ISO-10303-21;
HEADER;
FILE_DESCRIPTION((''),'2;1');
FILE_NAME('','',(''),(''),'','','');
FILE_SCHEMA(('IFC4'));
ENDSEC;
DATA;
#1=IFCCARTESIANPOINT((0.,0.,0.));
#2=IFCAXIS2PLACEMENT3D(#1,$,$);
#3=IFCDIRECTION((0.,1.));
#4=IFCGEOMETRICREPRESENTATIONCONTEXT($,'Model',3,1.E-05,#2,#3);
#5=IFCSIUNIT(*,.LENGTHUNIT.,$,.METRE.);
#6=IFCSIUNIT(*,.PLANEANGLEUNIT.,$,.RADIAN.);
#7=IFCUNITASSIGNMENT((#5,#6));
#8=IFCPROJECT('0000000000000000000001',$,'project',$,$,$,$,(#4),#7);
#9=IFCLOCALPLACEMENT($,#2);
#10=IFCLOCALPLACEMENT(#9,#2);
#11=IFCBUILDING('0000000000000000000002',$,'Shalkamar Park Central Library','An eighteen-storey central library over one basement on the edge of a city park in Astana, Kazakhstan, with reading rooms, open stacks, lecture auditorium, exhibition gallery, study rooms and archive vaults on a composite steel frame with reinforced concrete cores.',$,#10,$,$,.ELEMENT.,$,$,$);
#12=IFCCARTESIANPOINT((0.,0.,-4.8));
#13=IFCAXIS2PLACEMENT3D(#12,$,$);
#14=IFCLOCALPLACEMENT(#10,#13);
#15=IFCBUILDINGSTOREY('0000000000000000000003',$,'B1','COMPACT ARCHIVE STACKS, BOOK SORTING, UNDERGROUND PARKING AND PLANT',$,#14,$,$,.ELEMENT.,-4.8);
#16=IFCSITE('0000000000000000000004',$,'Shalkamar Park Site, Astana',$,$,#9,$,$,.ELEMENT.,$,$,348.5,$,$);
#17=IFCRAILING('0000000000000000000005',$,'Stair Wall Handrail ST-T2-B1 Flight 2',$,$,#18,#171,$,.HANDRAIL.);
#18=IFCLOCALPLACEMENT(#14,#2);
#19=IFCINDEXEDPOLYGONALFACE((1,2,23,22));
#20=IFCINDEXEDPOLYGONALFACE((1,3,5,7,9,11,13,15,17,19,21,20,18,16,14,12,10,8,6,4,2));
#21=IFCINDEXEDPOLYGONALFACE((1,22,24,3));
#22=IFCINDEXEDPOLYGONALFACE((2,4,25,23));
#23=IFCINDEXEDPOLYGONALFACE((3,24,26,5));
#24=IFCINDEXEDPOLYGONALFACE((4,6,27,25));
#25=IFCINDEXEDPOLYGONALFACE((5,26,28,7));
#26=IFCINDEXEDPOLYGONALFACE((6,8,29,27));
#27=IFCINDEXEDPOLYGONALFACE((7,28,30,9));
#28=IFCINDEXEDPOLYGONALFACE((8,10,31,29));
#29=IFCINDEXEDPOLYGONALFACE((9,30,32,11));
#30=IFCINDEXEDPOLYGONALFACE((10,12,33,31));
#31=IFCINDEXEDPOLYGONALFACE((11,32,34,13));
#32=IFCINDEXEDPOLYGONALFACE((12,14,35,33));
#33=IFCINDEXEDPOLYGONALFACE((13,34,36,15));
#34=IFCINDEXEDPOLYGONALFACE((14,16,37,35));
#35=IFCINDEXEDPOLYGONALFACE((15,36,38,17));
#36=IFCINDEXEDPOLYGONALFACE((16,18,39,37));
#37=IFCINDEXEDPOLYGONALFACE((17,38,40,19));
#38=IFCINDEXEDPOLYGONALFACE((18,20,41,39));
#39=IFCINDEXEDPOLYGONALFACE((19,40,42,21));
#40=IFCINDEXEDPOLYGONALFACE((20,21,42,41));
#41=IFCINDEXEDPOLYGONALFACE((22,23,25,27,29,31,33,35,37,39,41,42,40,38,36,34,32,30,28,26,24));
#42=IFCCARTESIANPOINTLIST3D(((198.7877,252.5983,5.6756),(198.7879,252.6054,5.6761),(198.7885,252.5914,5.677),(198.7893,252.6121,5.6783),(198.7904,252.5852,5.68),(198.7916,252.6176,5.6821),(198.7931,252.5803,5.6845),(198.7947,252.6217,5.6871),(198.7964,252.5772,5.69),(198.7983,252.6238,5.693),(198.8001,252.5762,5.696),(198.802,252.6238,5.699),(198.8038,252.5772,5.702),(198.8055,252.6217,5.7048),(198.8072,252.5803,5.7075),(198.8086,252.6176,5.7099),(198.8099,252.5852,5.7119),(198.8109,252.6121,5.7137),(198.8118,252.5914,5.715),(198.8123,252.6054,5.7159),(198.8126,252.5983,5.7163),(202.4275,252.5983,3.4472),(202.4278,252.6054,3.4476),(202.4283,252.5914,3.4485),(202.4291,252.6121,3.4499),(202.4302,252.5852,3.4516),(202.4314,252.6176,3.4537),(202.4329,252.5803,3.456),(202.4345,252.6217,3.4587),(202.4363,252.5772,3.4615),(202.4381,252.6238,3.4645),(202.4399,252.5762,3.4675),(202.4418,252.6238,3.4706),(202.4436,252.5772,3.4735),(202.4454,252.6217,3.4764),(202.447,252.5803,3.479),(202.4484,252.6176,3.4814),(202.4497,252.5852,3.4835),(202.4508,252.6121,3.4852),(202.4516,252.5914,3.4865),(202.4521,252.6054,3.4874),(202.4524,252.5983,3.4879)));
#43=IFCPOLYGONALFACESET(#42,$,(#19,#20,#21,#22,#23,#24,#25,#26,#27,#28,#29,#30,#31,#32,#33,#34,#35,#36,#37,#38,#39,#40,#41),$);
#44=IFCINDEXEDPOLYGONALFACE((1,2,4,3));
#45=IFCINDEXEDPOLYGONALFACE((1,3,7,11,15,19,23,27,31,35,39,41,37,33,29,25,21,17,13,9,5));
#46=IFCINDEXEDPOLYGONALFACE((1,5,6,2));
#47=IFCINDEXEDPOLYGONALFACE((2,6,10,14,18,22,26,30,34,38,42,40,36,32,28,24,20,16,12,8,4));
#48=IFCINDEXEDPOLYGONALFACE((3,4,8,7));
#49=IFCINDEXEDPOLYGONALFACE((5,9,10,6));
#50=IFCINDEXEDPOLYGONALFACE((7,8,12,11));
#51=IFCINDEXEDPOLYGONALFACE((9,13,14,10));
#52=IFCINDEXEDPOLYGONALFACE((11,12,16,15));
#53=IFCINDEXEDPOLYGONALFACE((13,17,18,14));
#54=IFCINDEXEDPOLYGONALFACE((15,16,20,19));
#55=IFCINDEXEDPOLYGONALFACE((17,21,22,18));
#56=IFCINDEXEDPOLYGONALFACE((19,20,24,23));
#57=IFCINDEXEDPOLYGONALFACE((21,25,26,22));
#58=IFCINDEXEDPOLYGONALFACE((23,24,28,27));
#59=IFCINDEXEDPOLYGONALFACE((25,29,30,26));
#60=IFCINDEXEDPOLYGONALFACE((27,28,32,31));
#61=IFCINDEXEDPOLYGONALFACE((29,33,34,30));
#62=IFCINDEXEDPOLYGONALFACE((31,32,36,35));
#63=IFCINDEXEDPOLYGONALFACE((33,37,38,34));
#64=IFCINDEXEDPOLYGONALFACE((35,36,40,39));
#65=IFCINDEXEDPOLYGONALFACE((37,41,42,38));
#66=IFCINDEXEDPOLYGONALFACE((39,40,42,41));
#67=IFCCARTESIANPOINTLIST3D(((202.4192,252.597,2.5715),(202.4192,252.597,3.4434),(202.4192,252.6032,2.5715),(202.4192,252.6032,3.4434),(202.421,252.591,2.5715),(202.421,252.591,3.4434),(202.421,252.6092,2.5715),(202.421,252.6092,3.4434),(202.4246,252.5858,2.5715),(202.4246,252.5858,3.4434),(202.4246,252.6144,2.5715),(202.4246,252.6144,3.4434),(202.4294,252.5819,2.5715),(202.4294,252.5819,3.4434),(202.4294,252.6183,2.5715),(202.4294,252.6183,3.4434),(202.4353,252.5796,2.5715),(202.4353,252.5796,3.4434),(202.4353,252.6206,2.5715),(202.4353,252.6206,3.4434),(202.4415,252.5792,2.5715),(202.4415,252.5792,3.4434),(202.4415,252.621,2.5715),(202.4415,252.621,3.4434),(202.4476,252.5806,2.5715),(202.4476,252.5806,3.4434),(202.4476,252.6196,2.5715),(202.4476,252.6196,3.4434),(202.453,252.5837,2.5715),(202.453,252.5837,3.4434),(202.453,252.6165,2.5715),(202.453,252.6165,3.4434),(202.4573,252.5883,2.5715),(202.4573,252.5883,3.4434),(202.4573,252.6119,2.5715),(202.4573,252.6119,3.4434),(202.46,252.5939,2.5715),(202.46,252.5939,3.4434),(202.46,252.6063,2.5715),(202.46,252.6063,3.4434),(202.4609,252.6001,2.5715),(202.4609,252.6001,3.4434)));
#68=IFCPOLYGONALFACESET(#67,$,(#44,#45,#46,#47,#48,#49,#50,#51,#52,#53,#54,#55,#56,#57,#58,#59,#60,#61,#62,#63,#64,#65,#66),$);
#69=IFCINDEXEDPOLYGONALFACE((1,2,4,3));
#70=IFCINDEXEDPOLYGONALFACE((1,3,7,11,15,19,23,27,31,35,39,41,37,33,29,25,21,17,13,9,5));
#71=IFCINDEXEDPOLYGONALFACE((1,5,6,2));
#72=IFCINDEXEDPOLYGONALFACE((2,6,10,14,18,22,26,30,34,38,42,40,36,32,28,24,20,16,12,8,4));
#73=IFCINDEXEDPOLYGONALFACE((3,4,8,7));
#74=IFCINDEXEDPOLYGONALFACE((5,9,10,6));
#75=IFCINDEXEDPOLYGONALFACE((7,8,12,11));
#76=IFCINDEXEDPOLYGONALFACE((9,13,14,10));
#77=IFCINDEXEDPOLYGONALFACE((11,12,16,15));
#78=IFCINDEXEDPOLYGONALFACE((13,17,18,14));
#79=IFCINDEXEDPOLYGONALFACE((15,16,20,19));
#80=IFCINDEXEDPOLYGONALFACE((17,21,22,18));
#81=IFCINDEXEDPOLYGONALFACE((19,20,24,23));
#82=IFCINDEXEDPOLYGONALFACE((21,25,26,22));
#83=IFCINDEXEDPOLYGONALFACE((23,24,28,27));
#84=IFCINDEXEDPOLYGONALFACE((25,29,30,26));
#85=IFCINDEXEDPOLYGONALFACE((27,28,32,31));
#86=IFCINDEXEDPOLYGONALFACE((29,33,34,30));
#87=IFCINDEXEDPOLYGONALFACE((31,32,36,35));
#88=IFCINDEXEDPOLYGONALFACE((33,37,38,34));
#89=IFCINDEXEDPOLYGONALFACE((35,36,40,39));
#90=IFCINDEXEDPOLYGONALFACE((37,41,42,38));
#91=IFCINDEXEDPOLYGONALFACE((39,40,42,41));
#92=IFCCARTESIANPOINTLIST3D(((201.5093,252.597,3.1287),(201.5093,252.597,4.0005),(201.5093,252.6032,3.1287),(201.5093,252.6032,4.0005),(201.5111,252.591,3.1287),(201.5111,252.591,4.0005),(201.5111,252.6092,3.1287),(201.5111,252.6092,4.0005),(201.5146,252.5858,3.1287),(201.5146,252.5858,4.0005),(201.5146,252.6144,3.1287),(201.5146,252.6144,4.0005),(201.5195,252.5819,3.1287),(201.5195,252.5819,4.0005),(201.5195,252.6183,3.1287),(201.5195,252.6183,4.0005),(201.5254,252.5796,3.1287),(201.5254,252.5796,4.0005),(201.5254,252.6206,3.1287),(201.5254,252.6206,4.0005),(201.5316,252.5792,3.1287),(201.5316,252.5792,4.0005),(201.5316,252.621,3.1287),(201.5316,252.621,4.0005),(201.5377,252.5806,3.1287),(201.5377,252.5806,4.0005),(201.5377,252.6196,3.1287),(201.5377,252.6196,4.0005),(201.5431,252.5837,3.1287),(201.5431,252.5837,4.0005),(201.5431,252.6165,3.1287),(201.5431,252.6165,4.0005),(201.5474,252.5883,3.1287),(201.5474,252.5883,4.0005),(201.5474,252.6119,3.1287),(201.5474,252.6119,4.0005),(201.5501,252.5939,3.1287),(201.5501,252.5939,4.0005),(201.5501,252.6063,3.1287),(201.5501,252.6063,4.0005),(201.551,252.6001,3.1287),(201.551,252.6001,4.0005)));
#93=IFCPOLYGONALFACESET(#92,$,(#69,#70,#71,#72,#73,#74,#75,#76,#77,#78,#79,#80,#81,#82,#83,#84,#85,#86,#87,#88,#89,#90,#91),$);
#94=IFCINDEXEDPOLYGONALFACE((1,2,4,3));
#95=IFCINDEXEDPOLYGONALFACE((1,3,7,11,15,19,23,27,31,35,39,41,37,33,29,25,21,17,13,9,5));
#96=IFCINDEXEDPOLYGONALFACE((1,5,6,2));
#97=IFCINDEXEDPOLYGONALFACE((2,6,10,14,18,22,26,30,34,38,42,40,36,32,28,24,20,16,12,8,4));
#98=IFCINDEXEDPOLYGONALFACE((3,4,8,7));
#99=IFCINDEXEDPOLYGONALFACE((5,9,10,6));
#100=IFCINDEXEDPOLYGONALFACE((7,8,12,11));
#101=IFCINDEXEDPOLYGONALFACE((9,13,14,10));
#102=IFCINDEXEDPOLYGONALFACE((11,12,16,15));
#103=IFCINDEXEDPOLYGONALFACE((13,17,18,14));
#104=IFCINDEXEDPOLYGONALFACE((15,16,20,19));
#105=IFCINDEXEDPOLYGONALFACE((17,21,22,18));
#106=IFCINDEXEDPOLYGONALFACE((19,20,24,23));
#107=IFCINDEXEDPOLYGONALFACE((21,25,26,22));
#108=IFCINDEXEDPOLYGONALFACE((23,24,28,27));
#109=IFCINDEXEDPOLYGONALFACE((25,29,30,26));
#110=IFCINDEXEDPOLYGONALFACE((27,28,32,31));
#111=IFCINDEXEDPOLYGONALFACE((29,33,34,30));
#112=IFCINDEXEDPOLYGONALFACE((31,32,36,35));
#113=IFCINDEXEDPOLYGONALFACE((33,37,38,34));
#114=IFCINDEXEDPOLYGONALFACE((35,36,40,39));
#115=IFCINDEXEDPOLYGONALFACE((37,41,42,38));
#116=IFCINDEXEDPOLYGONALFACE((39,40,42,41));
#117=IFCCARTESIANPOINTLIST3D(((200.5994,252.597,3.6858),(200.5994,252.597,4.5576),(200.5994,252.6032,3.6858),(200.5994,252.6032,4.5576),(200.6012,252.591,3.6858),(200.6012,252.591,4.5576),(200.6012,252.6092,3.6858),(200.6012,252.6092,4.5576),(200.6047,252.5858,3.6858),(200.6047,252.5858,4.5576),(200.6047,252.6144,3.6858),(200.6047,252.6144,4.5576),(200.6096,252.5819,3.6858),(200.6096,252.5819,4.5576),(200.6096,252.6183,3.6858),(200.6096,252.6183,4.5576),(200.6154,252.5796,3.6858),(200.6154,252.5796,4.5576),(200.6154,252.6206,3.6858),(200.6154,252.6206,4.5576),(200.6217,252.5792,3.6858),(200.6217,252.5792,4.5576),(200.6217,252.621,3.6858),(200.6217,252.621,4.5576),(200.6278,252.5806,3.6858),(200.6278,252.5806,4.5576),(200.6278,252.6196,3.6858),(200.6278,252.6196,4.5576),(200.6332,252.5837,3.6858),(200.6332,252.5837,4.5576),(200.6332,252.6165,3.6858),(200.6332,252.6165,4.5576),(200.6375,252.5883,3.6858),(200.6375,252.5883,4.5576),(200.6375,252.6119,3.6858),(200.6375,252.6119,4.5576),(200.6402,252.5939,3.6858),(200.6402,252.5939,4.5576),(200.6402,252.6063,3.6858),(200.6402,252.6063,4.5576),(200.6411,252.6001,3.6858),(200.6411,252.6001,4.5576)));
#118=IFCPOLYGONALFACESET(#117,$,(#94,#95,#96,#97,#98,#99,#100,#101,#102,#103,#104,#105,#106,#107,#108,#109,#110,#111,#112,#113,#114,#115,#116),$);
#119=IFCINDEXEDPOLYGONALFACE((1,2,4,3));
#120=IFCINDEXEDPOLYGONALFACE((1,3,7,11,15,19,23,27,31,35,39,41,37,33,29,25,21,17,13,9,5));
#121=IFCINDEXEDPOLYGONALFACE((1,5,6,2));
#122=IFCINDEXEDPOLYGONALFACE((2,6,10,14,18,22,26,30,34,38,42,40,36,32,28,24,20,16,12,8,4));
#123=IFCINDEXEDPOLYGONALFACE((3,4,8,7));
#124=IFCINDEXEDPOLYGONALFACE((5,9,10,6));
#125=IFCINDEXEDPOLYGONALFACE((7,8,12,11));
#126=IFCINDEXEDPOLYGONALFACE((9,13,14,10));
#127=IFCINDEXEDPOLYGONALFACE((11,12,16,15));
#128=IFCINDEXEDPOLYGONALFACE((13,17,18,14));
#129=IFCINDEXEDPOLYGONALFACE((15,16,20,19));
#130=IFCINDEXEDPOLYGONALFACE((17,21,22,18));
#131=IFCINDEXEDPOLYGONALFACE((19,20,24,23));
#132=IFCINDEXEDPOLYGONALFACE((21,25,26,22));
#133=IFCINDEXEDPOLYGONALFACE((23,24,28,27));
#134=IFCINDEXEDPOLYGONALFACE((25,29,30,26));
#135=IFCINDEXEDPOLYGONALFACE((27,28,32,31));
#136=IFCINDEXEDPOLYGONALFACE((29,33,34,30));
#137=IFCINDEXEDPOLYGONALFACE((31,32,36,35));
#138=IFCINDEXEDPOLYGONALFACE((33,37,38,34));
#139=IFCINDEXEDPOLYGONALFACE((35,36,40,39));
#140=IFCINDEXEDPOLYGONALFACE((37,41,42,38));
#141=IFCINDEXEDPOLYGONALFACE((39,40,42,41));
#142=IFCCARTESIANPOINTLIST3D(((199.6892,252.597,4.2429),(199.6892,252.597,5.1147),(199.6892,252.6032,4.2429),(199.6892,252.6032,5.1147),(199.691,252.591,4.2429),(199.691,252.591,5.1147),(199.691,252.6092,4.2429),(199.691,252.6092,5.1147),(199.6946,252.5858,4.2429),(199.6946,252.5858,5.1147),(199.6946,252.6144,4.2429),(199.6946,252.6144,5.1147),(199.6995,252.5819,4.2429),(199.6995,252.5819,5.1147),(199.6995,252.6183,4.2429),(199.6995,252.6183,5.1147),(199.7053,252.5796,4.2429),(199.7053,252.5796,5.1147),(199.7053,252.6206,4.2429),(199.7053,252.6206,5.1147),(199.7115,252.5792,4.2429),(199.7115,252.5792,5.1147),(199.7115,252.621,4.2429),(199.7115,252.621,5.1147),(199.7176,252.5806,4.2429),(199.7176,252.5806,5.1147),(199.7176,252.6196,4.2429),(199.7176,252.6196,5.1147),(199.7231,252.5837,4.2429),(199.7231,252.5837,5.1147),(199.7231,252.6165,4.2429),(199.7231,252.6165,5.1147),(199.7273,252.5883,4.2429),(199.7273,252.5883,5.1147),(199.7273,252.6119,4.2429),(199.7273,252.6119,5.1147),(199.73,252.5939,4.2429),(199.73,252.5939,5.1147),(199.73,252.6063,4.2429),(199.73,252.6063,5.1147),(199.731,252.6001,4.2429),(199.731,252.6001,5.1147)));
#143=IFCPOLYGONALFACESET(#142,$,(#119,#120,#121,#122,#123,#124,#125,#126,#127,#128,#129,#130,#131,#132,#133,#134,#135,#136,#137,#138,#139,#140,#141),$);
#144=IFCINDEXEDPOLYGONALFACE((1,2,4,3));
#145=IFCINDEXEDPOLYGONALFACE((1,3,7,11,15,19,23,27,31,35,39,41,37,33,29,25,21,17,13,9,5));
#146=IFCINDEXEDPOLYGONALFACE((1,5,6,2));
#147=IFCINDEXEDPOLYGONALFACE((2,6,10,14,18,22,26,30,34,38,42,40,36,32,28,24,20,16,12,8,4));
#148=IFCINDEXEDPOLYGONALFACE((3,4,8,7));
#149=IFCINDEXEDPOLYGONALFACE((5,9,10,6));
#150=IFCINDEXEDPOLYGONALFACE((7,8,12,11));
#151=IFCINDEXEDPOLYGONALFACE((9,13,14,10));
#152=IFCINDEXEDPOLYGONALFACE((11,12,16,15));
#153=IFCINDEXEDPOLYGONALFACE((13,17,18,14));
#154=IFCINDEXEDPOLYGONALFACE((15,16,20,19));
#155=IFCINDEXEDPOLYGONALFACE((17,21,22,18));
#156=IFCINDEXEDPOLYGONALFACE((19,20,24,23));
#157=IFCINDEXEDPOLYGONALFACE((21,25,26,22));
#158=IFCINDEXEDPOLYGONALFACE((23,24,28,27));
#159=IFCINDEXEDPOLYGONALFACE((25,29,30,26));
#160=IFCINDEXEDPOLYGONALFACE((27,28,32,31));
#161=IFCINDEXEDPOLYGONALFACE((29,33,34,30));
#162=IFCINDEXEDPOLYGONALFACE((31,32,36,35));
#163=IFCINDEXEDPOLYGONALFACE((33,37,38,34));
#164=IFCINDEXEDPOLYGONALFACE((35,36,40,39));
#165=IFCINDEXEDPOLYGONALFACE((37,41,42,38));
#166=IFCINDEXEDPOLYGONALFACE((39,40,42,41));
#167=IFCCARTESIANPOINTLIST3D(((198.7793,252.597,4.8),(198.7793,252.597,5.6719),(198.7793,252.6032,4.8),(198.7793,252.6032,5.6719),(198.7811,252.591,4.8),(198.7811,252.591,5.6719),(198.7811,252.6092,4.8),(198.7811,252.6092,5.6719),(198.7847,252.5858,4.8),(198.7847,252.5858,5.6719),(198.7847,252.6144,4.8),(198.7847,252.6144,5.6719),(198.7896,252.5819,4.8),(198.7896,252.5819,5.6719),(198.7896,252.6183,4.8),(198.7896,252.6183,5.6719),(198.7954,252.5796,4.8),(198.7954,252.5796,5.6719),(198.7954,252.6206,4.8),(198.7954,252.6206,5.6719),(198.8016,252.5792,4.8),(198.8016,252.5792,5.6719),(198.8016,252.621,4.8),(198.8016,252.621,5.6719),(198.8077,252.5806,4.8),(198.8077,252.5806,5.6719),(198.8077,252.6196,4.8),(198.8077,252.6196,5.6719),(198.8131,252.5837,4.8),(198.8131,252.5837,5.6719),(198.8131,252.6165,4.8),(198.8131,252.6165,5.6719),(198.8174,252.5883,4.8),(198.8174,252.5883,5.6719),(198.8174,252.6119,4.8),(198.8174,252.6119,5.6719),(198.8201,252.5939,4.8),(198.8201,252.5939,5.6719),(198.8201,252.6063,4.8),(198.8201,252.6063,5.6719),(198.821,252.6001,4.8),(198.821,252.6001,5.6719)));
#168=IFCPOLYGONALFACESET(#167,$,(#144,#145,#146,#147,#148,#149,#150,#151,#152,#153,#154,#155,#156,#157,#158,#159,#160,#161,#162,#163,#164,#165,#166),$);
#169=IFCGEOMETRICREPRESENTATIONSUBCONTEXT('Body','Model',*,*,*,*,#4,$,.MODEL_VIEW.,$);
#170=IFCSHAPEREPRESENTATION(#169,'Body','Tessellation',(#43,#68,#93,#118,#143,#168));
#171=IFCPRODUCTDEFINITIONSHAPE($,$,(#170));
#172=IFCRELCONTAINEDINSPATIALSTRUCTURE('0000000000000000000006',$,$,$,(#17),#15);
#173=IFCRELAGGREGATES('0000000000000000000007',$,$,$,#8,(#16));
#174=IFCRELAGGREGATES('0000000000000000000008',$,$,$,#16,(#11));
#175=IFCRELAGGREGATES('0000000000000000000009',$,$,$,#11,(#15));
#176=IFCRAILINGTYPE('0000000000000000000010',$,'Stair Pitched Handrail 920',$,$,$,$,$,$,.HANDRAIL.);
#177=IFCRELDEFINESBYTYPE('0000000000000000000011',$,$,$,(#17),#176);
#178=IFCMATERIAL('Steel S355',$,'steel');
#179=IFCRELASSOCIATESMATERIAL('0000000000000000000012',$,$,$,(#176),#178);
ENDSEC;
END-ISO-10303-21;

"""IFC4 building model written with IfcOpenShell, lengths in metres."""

from ifc_helpers import new_model, si_unit, direction, frame, origin, origin_2d, place, context, subcontext, project, spatial, circle, extrude, material, type_object, element, save


model = new_model("IFC4")

# Units and contexts
model_context = context("Model", 3, precision=1e-05, world=origin(), true_north=direction((0.0, 1.0)))
body_context = subcontext(model_context, "Body", "Model", "MODEL_VIEW")
ifc_project = project(units=[si_unit("LENGTHUNIT", "METRE"), si_unit("PLANEANGLEUNIT", "RADIAN")], contexts=[model_context])

# Site, building, storey
site_placement = place(None, origin())
site = spatial("IfcSite", under=ifc_project, at=site_placement, Name="Shalkamar Park Site, Astana", CompositionType="ELEMENT", RefElevation=348.5)
building_placement = place(site_placement, origin())
building = spatial("IfcBuilding", under=site, at=building_placement, Name="Shalkamar Park Central Library", Description="An eighteen-storey central library over one basement on the edge of a city park in Astana, Kazakhstan, with reading rooms, open stacks, lecture auditorium, exhibition gallery, study rooms and archive vaults on a composite steel frame with reinforced concrete cores.", CompositionType="ELEMENT")
storey_placement = place(building_placement, frame((0.0, 0.0, -4.8)))
storey = spatial("IfcBuildingStorey", under=building, at=storey_placement, Name="B1", Description="COMPACT ARCHIVE STACKS, BOOK SORTING, UNDERGROUND PARKING AND PLANT", CompositionType="ELEMENT", Elevation=-4.8)

# Shared definitions
ifc_material_1 = material(Name="Steel S355", Category="steel")

# Railing
railing_type_1 = type_object("IfcRailingType", Name="Stair Pitched Handrail 920", PredefinedType="HANDRAIL", material=ifc_material_1)
railing_1_placement = place(storey_placement, frame((202.4399, 252.6001, 2.5715)))
element("IfcRailing", 1, at=railing_1_placement, inside=storey, type_object=railing_type_1, Name="Stair Wall Handrail ST-T2-B1 Flight 2", PredefinedType="HANDRAIL", context=body_context, shape_type="SweptSolid", body=[
    extrude(circle(Radius=0.0239, at=origin_2d()), frame((0.0, 0.0, 0.896), z_axis=(-0.85285, 0.0, 0.522156), x_axis=(0.0, -1.0, 0.0)), (0.0, 0.0, 1.0), 4.2678),
    extrude(circle(Radius=0.021, at=origin_2d()), origin(), (0.0, 0.0, 1.0), 0.8718),
    extrude(circle(Radius=0.021, at=origin_2d()), frame((-0.9099, 0.0, 0.5571)), (0.0, 0.0, 1.0), 0.8718),
    extrude(circle(Radius=0.021, at=origin_2d()), frame((-1.8198, 0.0, 1.1143)), (0.0, 0.0, 1.0), 0.8718),
    extrude(circle(Radius=0.021, at=origin_2d()), frame((-2.73, 0.0, 1.6714)), (0.0, 0.0, 1.0), 0.8718),
    extrude(circle(Radius=0.021, at=origin_2d()), frame((-3.6399, 0.0, 2.2285)), (0.0, 0.0, 1.0), 0.8718),
])

save(model, "model.ifc")
